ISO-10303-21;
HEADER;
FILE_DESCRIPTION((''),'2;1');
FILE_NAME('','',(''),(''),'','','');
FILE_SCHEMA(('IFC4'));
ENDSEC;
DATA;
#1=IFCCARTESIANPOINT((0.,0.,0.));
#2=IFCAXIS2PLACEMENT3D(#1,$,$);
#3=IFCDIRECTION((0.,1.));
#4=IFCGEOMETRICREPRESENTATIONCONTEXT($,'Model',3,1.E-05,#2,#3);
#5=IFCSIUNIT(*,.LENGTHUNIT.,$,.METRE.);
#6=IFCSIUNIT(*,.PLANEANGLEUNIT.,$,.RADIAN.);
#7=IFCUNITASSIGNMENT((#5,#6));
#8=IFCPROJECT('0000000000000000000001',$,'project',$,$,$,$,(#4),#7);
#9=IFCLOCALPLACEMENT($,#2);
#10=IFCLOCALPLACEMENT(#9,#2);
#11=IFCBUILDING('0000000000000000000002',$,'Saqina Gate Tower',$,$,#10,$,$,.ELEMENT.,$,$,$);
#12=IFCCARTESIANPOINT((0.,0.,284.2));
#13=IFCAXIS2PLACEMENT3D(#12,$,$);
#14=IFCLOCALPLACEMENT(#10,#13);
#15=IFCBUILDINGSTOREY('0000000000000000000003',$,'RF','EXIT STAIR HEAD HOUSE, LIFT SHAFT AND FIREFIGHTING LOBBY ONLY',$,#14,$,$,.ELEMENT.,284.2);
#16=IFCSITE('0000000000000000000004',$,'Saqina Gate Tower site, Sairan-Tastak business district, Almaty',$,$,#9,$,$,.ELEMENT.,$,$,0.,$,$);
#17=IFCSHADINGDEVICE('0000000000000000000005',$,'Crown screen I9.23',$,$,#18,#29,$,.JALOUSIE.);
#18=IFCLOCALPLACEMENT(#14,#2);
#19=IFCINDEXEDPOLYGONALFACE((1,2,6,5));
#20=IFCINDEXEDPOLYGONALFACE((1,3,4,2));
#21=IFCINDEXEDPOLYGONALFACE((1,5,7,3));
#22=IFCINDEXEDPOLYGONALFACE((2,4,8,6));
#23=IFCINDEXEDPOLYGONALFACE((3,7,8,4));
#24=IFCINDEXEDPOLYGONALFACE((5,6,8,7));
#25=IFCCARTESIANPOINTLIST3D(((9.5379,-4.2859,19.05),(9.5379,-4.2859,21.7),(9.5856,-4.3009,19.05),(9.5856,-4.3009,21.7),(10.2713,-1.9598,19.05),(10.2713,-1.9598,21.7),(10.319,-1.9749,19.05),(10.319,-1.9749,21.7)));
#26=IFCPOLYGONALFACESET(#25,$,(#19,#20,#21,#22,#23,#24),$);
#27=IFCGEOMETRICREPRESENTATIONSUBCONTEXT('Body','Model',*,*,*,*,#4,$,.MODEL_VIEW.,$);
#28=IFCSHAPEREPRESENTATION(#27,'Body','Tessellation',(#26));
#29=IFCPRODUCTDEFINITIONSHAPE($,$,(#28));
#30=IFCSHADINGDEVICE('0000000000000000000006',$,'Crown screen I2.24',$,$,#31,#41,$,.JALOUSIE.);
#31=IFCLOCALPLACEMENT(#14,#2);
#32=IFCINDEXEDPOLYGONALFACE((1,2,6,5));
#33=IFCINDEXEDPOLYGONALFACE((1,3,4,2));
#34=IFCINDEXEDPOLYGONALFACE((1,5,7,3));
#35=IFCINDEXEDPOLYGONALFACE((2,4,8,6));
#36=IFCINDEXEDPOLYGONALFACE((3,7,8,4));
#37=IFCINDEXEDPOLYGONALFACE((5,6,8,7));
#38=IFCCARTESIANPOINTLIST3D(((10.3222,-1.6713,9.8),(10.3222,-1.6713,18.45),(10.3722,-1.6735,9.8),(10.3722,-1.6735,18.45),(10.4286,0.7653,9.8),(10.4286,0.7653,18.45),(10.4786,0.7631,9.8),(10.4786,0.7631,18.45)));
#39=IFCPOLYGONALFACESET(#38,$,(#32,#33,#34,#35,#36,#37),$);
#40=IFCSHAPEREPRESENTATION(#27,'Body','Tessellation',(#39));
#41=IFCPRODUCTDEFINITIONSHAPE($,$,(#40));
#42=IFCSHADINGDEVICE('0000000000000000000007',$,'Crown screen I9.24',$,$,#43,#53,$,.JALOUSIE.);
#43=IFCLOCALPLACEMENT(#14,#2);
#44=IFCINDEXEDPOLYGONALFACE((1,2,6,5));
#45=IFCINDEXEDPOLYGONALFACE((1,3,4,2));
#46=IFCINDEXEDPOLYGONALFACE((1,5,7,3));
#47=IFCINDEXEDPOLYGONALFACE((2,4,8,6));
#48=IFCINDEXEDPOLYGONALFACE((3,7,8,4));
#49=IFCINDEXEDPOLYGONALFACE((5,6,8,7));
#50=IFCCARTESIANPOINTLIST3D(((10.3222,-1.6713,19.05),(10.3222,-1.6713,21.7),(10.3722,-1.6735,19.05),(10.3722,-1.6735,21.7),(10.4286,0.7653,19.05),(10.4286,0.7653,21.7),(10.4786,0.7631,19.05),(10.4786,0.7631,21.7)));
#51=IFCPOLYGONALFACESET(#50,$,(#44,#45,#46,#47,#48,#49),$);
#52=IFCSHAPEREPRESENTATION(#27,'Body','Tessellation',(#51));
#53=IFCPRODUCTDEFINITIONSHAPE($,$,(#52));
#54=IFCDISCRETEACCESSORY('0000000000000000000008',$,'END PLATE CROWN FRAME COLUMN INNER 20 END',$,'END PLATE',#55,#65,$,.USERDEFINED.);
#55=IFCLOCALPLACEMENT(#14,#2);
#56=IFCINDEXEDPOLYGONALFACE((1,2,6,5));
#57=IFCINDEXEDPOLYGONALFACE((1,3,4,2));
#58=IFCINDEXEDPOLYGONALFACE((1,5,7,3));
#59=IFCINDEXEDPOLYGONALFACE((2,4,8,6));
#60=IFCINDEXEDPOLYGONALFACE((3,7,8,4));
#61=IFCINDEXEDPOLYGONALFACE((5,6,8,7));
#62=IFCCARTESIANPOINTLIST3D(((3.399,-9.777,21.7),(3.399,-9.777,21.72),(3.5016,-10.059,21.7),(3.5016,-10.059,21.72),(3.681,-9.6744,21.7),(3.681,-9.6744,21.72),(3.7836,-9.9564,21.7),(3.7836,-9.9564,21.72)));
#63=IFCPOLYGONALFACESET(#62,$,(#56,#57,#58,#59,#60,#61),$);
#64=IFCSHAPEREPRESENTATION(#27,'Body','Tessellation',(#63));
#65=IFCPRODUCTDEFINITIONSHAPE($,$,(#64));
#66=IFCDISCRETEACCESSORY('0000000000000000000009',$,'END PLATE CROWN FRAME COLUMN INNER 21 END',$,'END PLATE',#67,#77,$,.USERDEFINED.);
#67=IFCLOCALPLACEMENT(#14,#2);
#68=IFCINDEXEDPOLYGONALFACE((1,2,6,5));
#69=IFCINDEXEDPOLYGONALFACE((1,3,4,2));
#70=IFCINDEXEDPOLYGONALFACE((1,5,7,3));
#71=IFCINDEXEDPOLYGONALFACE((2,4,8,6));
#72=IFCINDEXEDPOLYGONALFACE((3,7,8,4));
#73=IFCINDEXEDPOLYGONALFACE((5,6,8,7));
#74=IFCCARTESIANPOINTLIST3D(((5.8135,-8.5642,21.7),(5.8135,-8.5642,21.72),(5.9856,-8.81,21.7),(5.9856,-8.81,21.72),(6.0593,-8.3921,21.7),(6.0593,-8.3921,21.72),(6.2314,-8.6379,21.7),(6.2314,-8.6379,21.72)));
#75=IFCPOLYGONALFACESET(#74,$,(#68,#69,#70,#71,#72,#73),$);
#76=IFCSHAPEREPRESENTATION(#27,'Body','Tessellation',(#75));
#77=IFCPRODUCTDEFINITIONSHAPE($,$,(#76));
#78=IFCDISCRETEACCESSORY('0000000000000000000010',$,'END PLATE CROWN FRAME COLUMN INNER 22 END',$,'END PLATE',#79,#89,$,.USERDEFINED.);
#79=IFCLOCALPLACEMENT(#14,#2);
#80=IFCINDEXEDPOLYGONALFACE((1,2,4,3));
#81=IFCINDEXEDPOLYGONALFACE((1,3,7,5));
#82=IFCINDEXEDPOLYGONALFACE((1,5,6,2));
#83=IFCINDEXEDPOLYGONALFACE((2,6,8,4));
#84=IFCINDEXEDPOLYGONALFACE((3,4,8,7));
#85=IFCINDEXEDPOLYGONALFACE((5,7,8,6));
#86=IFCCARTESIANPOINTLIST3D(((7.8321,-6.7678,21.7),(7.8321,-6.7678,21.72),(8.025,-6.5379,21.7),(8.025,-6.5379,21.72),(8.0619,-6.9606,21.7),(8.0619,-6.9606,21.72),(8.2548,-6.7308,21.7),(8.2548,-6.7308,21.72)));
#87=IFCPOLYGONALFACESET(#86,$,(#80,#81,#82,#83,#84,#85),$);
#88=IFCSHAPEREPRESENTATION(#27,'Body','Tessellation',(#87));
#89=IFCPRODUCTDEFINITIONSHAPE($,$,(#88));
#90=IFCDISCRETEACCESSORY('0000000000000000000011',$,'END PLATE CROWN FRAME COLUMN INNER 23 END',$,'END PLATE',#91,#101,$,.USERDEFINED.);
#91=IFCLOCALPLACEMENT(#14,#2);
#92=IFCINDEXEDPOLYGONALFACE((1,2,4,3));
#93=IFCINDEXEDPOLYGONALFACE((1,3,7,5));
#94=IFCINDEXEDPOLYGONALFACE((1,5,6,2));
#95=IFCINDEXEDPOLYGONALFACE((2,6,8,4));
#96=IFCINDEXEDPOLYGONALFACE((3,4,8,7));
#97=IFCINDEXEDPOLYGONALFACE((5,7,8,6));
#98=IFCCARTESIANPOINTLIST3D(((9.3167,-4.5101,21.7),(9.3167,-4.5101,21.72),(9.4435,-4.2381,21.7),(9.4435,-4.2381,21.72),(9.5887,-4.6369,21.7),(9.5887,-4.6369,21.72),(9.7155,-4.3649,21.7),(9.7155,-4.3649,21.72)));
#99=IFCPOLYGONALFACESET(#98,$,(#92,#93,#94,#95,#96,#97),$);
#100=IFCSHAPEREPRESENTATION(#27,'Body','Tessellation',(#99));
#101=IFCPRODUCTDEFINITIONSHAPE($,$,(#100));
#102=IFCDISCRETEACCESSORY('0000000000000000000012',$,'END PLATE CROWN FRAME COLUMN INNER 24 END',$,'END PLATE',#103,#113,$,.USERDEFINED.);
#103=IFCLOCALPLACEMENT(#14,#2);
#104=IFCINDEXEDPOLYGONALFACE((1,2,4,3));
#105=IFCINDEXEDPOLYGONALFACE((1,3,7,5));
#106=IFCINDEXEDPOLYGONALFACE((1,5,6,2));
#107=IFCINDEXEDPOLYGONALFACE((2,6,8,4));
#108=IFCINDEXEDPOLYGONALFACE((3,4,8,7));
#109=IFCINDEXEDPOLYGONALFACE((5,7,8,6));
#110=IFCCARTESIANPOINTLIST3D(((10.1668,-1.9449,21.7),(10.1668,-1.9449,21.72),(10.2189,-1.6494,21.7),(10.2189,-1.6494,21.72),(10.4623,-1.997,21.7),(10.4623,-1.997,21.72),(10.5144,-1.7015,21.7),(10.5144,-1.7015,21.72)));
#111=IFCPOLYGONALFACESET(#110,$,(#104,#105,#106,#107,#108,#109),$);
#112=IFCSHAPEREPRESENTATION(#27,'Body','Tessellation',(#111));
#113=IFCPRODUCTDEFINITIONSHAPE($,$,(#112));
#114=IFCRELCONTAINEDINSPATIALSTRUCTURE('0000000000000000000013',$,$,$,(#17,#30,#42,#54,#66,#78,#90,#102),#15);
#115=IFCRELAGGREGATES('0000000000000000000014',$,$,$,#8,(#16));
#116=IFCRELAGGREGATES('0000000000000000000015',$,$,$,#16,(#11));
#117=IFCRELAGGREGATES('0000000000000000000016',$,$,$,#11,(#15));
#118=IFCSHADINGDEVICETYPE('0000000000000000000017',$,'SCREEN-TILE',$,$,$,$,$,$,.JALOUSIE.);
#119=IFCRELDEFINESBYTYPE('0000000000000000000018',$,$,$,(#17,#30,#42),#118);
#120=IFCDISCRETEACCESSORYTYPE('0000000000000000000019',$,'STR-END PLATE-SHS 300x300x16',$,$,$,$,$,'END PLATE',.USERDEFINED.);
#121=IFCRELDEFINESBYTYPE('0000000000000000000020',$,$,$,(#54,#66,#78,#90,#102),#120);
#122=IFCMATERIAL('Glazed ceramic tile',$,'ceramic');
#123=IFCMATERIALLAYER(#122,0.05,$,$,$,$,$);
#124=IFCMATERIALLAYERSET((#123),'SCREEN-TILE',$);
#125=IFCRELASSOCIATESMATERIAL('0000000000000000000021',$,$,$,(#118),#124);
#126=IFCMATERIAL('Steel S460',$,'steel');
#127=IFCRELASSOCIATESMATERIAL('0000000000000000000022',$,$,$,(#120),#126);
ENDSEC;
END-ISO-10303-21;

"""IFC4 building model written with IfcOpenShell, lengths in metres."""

from ifc_helpers import new_model, si_unit, direction, frame, origin, origin_2d, place, context, subcontext, project, spatial, rectangle, extrude, material, layer, layer_set, material_profile, profile_set, type_object, element, save


model = new_model("IFC4")

# Units and contexts
model_context = context("Model", 3, precision=1e-05, world=origin(), true_north=direction((0.0, 1.0)))
body_context = subcontext(model_context, "Body", "Model", "MODEL_VIEW")
ifc_project = project(units=[si_unit("LENGTHUNIT", "METRE"), si_unit("PLANEANGLEUNIT", "RADIAN")], contexts=[model_context])

# Site, building, storey
site_placement = place(None, origin())
site = spatial("IfcSite", under=ifc_project, at=site_placement, Name="Saqina Gate Tower site, Sairan-Tastak business district, Almaty", CompositionType="ELEMENT", RefElevation=0.0)
building_placement = place(site_placement, origin())
building = spatial("IfcBuilding", under=site, at=building_placement, Name="Saqina Gate Tower", CompositionType="ELEMENT")
storey_placement = place(building_placement, frame((0.0, 0.0, 284.2)))
storey = spatial("IfcBuildingStorey", under=building, at=storey_placement, Name="RF", Description="EXIT STAIR HEAD HOUSE, LIFT SHAFT AND FIREFIGHTING LOBBY ONLY", CompositionType="ELEMENT", Elevation=284.2)

# Shading devices
ifc_material_1 = material(Name="Glazed ceramic tile", Category="ceramic")
ifc_layer = layer(ifc_material_1, 0.05)
ifc_layer_set = layer_set([ifc_layer], Name="SCREEN-TILE")
shading_device_type = type_object("IfcShadingDeviceType", Name="SCREEN-TILE", PredefinedType="JALOUSIE", material=ifc_layer_set)
shading_device_1_placement = place(storey_placement, frame((9.9285, -3.1304, 19.05), z_axis=(0.0, 0.0, 1.0), x_axis=(0.300706, 0.953717, 0.0)))
element("IfcShadingDevice", 1, at=shading_device_1_placement, inside=storey, type_object=shading_device_type, Name="Crown screen I9.23", PredefinedType="JALOUSIE", context=body_context, shape_type="SweptSolid", body=[
    extrude(rectangle(XDim=2.439, YDim=0.05, at=origin_2d()), origin(), (0.0, 0.0, 1.0), 2.6499),
])
shading_device_2_placement = place(storey_placement, frame((10.4004, -0.4541, 9.8), z_axis=(0.0, 0.0, 1.0), x_axis=(0.043619, 0.999048, 0.0)))
element("IfcShadingDevice", 2, at=shading_device_2_placement, inside=storey, type_object=shading_device_type, Name="Crown screen I2.24", PredefinedType="JALOUSIE", context=body_context, shape_type="SweptSolid", body=[
    extrude(rectangle(XDim=2.439, YDim=0.05, at=origin_2d()), origin(), (0.0, 0.0, 1.0), 8.6499),
])
shading_device_3_placement = place(storey_placement, frame((10.4004, -0.4541, 19.05), z_axis=(0.0, 0.0, 1.0), x_axis=(0.043619, 0.999048, 0.0)))
element("IfcShadingDevice", 3, at=shading_device_3_placement, inside=storey, type_object=shading_device_type, Name="Crown screen I9.24", PredefinedType="JALOUSIE", context=body_context, shape_type="SweptSolid", body=[
    extrude(rectangle(XDim=2.439, YDim=0.05, at=origin_2d()), origin(), (0.0, 0.0, 1.0), 2.6499),
])

# Discrete accessories
ifc_material_2 = material(Name="Steel S460", Category="steel")
ifc_material_profile_1 = material_profile(ifc_material_2, rectangle(XDim=0.3, YDim=0.3, at=origin_2d()), Name="STR-END PLATE-SHS 300x300x16")
ifc_profile_set_1 = profile_set([ifc_material_profile_1], Name="Steel S460")
discrete_accessory_type = type_object("IfcDiscreteAccessoryType", Name="STR-END PLATE-SHS 300x300x16", ElementType="END PLATE", PredefinedType="USERDEFINED", material=ifc_profile_set_1)
for number, where, z_axis, x_axis, name in (
    (4, (3.5913, -9.8667, 21.7), (0.0, 0.0, 1.0), (0.34202, -0.939693, 0.0), "END PLATE CROWN FRAME COLUMN INNER 20 END"),
    (5, (6.0225, -8.6011, 21.7), (0.0, 0.0, 1.0), (0.573576, -0.819152, 0.0), "END PLATE CROWN FRAME COLUMN INNER 21 END"),
    (6, (8.0435, -6.7493, 21.7), (0.0, 0.0, 1.0), (0.766044, -0.642788, 0.0), "END PLATE CROWN FRAME COLUMN INNER 22 END"),
    (7, (9.5161, -4.4375, 21.7), (0.0, 0.0, 1.0), (0.906308, -0.422618, 0.0), "END PLATE CROWN FRAME COLUMN INNER 23 END"),
    (8, (10.3406, -1.8232, 21.7), (0.0, 0.0, 1.0), (0.984808, -0.173648, 0.0), "END PLATE CROWN FRAME COLUMN INNER 24 END"),
):
    element("IfcDiscreteAccessory", number, at=place(storey_placement, frame(where, z_axis=z_axis, x_axis=x_axis)), inside=storey, type_object=discrete_accessory_type, Name=name, ObjectType="END PLATE", PredefinedType="USERDEFINED", context=body_context, shape_type="SweptSolid", body=[
        extrude(rectangle(XDim=0.3, YDim=0.3, at=origin_2d()), origin(), (0.0, 0.0, 1.0), 0.02),
    ])

save(model, "model.ifc")
